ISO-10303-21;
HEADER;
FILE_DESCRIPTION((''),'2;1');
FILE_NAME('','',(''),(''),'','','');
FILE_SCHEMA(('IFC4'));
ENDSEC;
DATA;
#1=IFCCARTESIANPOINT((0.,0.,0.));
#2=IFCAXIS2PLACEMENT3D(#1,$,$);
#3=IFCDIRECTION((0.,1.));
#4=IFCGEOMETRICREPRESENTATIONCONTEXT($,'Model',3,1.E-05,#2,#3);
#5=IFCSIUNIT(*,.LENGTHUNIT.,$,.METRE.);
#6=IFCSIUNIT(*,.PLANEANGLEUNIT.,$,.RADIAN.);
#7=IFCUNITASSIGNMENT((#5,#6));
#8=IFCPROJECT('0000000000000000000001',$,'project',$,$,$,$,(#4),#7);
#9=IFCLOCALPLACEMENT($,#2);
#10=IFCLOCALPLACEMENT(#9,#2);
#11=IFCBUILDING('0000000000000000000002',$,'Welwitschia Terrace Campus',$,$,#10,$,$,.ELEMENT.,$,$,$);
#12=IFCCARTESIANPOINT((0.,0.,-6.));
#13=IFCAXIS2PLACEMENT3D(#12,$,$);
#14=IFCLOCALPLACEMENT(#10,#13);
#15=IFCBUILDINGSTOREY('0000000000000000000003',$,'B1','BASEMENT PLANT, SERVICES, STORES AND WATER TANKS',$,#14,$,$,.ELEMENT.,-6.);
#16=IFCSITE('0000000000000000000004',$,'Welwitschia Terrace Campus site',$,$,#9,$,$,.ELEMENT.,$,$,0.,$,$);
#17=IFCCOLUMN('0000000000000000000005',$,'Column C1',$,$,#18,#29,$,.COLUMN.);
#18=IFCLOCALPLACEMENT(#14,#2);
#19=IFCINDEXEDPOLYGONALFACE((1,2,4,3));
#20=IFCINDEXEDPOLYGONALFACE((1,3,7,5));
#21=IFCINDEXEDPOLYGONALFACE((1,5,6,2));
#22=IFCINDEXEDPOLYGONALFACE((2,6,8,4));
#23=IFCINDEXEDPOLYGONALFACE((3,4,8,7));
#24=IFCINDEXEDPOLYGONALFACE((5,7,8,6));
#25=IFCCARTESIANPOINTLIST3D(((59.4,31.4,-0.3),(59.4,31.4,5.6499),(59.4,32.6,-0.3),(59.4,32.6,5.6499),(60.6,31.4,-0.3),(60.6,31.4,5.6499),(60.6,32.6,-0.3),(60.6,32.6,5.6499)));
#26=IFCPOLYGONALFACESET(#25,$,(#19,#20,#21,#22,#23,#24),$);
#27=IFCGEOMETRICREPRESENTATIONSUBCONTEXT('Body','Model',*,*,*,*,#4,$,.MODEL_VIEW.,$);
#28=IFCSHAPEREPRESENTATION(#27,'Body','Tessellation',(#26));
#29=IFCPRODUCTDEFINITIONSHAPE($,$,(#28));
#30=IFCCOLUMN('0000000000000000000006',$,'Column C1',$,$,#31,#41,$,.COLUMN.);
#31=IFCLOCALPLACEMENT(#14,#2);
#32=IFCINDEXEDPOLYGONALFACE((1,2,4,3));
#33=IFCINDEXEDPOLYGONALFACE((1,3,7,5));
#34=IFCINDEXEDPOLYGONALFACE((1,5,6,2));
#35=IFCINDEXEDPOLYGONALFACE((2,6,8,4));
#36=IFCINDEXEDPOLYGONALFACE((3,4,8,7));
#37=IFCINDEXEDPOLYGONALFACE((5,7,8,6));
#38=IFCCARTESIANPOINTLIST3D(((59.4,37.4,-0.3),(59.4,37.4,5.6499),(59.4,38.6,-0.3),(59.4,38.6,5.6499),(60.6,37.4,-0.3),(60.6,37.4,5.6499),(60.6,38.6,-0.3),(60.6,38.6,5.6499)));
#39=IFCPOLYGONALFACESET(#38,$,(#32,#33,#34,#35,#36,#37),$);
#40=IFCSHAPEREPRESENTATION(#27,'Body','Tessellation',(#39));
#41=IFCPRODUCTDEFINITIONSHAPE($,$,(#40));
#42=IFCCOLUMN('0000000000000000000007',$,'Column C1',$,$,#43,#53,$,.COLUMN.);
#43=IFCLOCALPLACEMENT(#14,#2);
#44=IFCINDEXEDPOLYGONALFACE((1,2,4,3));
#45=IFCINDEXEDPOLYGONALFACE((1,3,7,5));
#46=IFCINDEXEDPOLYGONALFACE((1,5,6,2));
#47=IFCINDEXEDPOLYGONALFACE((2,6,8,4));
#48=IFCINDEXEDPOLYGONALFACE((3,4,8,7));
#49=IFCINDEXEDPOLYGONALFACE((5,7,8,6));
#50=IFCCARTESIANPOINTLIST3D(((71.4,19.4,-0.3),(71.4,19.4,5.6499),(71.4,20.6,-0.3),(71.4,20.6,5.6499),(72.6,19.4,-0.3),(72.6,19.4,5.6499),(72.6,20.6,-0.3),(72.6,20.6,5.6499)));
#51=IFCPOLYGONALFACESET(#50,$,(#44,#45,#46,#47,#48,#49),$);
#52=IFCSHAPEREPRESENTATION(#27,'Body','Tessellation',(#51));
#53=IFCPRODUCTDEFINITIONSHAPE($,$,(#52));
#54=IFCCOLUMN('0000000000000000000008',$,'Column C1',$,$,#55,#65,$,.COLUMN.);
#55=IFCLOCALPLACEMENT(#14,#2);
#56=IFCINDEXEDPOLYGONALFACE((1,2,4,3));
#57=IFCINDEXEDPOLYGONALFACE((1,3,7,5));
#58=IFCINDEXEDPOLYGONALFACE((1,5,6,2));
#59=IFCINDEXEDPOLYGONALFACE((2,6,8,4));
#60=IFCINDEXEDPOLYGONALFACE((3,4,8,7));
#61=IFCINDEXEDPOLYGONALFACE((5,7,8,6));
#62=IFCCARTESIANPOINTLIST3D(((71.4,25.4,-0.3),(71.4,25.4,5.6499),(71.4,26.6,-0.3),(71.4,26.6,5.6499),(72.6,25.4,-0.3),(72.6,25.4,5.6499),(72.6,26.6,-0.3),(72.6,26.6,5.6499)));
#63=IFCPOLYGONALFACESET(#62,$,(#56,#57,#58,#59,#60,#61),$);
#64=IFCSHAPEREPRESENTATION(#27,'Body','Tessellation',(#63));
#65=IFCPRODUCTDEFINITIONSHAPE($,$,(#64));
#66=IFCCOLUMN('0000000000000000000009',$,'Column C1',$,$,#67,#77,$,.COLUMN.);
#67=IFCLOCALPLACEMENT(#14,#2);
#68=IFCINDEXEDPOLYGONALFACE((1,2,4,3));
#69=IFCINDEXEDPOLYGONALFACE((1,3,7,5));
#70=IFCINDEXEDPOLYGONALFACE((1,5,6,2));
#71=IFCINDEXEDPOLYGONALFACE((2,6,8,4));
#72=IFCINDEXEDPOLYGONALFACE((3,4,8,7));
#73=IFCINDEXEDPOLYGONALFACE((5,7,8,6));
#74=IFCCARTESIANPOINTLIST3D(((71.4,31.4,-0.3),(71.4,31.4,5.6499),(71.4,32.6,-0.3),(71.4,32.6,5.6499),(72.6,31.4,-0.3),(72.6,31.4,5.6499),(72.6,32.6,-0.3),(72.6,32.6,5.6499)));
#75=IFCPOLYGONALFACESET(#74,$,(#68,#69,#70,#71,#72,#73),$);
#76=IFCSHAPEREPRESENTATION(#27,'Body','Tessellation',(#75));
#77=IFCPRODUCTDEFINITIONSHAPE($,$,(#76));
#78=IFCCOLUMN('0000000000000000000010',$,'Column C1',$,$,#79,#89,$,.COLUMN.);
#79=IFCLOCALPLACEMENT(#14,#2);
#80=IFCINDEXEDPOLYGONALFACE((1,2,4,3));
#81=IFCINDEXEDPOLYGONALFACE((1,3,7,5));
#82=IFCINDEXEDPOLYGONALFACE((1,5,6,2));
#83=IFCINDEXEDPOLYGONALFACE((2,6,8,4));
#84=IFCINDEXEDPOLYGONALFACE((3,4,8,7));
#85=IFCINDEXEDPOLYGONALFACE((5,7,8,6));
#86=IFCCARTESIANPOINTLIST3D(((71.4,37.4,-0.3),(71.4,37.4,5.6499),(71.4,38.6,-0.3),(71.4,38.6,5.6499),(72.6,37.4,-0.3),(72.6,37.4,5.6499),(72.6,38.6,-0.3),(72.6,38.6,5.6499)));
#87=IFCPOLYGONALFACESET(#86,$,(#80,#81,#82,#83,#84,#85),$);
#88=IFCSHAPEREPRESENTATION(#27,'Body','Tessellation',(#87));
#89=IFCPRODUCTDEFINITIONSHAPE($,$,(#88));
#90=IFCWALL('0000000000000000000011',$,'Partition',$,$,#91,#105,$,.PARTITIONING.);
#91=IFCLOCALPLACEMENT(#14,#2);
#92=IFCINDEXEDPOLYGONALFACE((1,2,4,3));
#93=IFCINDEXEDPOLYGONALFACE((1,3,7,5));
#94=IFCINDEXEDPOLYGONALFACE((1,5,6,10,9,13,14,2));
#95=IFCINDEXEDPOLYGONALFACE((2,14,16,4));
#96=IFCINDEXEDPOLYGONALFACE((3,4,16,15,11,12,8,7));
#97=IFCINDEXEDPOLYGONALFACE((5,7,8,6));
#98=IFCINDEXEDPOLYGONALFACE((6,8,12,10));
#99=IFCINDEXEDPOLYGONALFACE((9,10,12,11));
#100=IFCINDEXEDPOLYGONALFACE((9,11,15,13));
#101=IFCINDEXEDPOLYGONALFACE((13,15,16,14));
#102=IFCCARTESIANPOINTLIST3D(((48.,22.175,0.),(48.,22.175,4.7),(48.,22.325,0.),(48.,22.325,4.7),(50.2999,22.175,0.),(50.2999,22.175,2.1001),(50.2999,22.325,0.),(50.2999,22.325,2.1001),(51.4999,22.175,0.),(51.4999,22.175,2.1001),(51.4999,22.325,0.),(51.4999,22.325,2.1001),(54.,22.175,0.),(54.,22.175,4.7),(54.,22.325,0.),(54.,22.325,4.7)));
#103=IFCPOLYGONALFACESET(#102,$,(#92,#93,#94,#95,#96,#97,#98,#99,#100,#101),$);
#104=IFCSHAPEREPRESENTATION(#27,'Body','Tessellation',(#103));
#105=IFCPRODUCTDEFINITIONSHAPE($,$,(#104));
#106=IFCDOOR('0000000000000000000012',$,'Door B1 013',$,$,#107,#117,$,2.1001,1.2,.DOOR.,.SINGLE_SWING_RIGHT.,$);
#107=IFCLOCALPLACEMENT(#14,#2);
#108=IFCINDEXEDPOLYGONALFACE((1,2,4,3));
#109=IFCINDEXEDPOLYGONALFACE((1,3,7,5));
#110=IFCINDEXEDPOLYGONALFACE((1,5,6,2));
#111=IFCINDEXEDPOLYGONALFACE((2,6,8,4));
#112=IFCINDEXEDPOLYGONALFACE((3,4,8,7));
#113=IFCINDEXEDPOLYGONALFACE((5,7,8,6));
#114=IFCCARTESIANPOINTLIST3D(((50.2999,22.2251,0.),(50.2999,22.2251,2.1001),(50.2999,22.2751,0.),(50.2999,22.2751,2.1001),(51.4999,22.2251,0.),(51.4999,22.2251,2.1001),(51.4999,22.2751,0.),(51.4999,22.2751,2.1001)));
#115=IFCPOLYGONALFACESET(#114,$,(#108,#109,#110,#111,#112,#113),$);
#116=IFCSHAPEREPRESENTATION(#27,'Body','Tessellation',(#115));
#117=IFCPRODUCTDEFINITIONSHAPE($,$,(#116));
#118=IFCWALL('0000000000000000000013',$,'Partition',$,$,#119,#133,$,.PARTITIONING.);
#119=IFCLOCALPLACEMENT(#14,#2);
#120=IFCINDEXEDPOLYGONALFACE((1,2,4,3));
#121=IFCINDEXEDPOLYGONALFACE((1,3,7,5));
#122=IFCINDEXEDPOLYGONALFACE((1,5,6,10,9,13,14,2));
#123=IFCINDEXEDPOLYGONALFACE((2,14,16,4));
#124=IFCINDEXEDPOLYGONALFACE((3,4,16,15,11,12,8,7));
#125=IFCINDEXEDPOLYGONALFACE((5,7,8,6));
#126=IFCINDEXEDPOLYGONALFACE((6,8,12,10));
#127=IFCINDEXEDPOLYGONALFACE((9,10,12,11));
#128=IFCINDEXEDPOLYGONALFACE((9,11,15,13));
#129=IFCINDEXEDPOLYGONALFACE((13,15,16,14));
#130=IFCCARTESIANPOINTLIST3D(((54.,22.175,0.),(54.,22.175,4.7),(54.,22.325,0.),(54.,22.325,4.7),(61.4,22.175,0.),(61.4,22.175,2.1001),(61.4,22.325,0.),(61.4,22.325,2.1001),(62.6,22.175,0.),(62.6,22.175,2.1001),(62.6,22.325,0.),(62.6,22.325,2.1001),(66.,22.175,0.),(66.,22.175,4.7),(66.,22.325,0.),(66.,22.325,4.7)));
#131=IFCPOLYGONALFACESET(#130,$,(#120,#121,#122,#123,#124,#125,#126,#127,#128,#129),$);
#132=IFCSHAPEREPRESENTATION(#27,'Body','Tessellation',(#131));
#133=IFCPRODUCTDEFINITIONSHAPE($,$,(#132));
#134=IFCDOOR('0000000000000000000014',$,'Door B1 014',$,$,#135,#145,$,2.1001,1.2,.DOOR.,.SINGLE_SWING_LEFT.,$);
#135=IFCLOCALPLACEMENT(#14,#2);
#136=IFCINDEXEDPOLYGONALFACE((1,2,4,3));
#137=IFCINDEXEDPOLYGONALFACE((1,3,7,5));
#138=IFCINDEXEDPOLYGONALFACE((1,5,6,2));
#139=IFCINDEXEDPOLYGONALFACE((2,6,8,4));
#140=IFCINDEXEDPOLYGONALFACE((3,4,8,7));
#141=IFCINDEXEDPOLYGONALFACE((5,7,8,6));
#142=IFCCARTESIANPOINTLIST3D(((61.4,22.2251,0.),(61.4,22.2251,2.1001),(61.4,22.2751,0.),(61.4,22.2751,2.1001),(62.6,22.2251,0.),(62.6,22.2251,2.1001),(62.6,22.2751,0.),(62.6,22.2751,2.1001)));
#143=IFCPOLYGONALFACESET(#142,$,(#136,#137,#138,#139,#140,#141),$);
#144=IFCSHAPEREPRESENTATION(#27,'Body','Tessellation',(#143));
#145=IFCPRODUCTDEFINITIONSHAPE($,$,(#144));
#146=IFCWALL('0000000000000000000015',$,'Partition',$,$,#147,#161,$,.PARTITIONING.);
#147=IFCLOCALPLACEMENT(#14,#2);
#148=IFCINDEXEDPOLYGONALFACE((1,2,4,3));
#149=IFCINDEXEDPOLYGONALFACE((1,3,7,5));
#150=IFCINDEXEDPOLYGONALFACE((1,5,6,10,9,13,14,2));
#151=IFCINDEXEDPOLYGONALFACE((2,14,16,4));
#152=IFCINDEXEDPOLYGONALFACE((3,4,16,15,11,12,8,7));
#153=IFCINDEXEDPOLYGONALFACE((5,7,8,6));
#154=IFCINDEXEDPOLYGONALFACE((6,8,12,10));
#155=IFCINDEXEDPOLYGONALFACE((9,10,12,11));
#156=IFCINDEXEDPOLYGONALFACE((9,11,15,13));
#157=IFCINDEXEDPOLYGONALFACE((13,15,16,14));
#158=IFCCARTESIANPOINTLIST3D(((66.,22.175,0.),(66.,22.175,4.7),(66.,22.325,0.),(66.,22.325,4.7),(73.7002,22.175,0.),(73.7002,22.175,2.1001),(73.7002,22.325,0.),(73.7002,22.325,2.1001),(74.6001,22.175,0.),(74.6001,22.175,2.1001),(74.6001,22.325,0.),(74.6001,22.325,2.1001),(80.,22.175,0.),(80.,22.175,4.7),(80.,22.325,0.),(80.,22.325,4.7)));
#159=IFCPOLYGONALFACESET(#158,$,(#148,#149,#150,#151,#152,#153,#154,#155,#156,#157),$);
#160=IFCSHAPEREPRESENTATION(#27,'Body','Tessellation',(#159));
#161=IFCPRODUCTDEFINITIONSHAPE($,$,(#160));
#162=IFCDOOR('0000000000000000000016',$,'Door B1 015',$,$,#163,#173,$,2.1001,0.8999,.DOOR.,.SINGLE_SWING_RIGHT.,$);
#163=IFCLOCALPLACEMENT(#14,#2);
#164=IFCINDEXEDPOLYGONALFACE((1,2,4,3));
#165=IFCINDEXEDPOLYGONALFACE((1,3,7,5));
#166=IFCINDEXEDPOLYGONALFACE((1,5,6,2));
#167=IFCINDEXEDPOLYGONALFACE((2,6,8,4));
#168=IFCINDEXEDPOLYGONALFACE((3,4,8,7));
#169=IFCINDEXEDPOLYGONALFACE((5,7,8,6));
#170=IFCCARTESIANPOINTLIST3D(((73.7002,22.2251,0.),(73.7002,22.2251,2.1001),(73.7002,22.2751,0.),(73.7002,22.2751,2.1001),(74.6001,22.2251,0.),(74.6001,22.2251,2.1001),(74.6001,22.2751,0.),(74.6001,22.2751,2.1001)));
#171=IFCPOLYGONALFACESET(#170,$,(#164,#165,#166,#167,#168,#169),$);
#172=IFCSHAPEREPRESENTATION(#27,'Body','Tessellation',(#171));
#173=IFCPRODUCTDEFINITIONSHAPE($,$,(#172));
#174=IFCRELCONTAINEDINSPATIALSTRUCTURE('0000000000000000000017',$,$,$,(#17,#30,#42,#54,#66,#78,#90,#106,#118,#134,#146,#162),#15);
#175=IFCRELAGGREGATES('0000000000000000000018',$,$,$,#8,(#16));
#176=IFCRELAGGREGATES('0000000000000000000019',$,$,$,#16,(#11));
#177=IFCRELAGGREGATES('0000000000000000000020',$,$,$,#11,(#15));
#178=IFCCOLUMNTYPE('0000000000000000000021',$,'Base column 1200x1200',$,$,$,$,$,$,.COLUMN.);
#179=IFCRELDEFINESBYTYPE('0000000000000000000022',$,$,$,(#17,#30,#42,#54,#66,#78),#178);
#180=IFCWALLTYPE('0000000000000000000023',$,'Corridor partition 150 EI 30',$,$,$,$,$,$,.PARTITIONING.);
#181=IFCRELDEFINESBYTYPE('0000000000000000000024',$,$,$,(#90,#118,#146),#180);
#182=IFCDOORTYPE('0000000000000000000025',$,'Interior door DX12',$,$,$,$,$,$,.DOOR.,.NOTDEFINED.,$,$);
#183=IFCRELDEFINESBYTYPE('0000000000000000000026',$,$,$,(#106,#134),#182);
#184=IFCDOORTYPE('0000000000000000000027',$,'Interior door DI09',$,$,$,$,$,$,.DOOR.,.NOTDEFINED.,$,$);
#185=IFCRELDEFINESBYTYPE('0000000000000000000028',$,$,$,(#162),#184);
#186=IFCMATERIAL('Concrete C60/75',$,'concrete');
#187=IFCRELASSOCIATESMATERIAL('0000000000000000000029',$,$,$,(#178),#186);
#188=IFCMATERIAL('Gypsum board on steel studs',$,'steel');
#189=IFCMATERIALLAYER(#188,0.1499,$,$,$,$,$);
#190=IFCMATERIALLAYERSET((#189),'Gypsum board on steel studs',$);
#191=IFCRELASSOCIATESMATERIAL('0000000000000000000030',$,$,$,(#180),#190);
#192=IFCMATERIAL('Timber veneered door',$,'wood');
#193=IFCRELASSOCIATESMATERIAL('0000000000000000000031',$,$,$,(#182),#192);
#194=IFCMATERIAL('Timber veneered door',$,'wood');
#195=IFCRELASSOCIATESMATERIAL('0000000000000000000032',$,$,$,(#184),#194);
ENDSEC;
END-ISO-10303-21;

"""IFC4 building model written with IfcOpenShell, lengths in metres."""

from ifc_helpers import new_model, si_unit, direction, frame, frame_2d, origin, origin_2d, place, context, subcontext, project, spatial, rectangle, extrude, material, layer, layer_set, material_profile, profile_set, type_object, element, fill, save


model = new_model("IFC4")

# Units and contexts
model_context = context("Model", 3, precision=1e-05, world=origin(), true_north=direction((0.0, 1.0)))
body_context = subcontext(model_context, "Body", "Model", "MODEL_VIEW")
ifc_project = project(units=[si_unit("LENGTHUNIT", "METRE"), si_unit("PLANEANGLEUNIT", "RADIAN")], contexts=[model_context])

# Site, building, storey
site_placement = place(None, origin())
site = spatial("IfcSite", under=ifc_project, at=site_placement, Name="Welwitschia Terrace Campus site", CompositionType="ELEMENT", RefElevation=0.0)
building_placement = place(site_placement, origin())
building = spatial("IfcBuilding", under=site, at=building_placement, Name="Welwitschia Terrace Campus", CompositionType="ELEMENT")
storey_placement = place(building_placement, frame((0.0, 0.0, -6.0)))
storey = spatial("IfcBuildingStorey", under=building, at=storey_placement, Name="B1", Description="BASEMENT PLANT, SERVICES, STORES AND WATER TANKS", CompositionType="ELEMENT", Elevation=-6.0)

# Columns
ifc_material_1 = material(Name="Concrete C60/75", Category="concrete")
ifc_material_profile = material_profile(ifc_material_1, rectangle(XDim=1.2, YDim=1.2, at=origin_2d()))
ifc_profile_set = profile_set([ifc_material_profile], Name="Concrete C60/75")
column_type = type_object("IfcColumnType", Name="Base column 1200x1200", PredefinedType="COLUMN", material=ifc_profile_set)
for number, where, z_axis, x_axis, name in (
    (1, (60.0, 32.0, -0.3), (0.0, 0.0, 1.0), (1.0, 0.0, 0.0), "Column C1"),
    (2, (60.0, 38.0, -0.3), (0.0, 0.0, 1.0), (1.0, 0.0, 0.0), "Column C1"),
    (3, (72.0, 20.0, -0.3), (0.0, 0.0, 1.0), (1.0, 0.0, 0.0), "Column C1"),
    (4, (72.0, 26.0, -0.3), (0.0, 0.0, 1.0), (1.0, 0.0, 0.0), "Column C1"),
    (5, (72.0, 32.0, -0.3), (0.0, 0.0, 1.0), (1.0, 0.0, 0.0), "Column C1"),
    (6, (72.0, 38.0, -0.3), (0.0, 0.0, 1.0), (1.0, 0.0, 0.0), "Column C1"),
):
    element("IfcColumn", number, at=place(storey_placement, frame(where, z_axis=z_axis, x_axis=x_axis)), inside=storey, type_object=column_type, Name=name, PredefinedType="COLUMN", context=body_context, shape_type="SweptSolid", body=[
        extrude(rectangle(XDim=1.2, YDim=1.2, at=origin_2d()), origin(), (0.0, 0.0, 1.0), 5.95),
    ])

# Walls, openings, doors
ifc_material_2 = material(Name="Gypsum board on steel studs", Category="steel")
ifc_layer = layer(ifc_material_2, 0.1499)
ifc_layer_set = layer_set([ifc_layer], Name="Gypsum board on steel studs")
wall_type = type_object("IfcWallType", Name="Corridor partition 150 EI 30", PredefinedType="PARTITIONING", material=ifc_layer_set)
wall_1_placement = place(storey_placement, frame((54.0, 22.25, 0.0), z_axis=(0.0, 0.0, 1.0), x_axis=(-1.0, 0.0, 0.0)))
wall_1 = element("IfcWall", 7, at=wall_1_placement, inside=storey, type_object=wall_type, Name="Partition", PredefinedType="PARTITIONING", context=body_context, shape_type="SweptSolid", body=[
    extrude(rectangle(XDim=6.0, YDim=0.1499, at=frame_2d((3.0, 0.0))), origin(), (0.0, 0.0, 1.0), 4.7),
])
opening_1_placement = place(wall_1_placement, frame((2.5, 0.0, 0.0)))
opening_1 = element("IfcOpeningElement", 8, at=opening_1_placement, cuts=wall_1, PredefinedType="OPENING", context=body_context, shape_type="SweptSolid", body=[
    extrude(rectangle(XDim=1.2, YDim=2.1001, at=frame_2d((0.6001, 1.05))), frame((0.0, 0.085, 0.0), z_axis=(0.0, -1.0, 0.0), x_axis=(1.0, 0.0, 0.0)), (0.0, 0.0, 1.0), 0.1699),
])
ifc_material_3 = material(Name="Timber veneered door", Category="wood")
door_type_1 = type_object("IfcDoorType", Name="Interior door DX12", OperationType="NOTDEFINED", PredefinedType="DOOR", material=ifc_material_3)
door_1_placement = place(opening_1_placement, origin())
door_1 = element("IfcDoor", 9, at=door_1_placement, inside=storey, type_object=door_type_1, Name="Door B1 013", OperationType="SINGLE_SWING_RIGHT", OverallHeight=2.1001, OverallWidth=1.2, PredefinedType="DOOR", context=body_context, shape_type="SweptSolid", body=[
    extrude(rectangle(XDim=1.2, YDim=2.1001, at=frame_2d((0.6001, 1.05))), frame((0.0, 0.0249, 0.0), z_axis=(0.0, -1.0, 0.0), x_axis=(1.0, 0.0, 0.0)), (0.0, 0.0, 1.0), 0.05),
])
fill(opening_1, door_1)
wall_2_placement = place(storey_placement, frame((66.0, 22.25, 0.0), z_axis=(0.0, 0.0, 1.0), x_axis=(-1.0, 0.0, 0.0)))
wall_2 = element("IfcWall", 10, at=wall_2_placement, inside=storey, type_object=wall_type, Name="Partition", PredefinedType="PARTITIONING", context=body_context, shape_type="SweptSolid", body=[
    extrude(rectangle(XDim=12.0, YDim=0.1499, at=frame_2d((6.0, 0.0))), origin(), (0.0, 0.0, 1.0), 4.7),
])
opening_2_placement = place(wall_2_placement, frame((3.3999, 0.0, 0.0)))
opening_2 = element("IfcOpeningElement", 11, at=opening_2_placement, cuts=wall_2, PredefinedType="OPENING", context=body_context, shape_type="SweptSolid", body=[
    extrude(rectangle(XDim=1.2, YDim=2.1001, at=frame_2d((0.6001, 1.05))), frame((0.0, 0.085, 0.0), z_axis=(0.0, -1.0, 0.0), x_axis=(1.0, 0.0, 0.0)), (0.0, 0.0, 1.0), 0.1699),
])
door_2_placement = place(opening_2_placement, origin())
door_2 = element("IfcDoor", 12, at=door_2_placement, inside=storey, type_object=door_type_1, Name="Door B1 014", OperationType="SINGLE_SWING_LEFT", OverallHeight=2.1001, OverallWidth=1.2, PredefinedType="DOOR", context=body_context, shape_type="SweptSolid", body=[
    extrude(rectangle(XDim=1.2, YDim=2.1001, at=frame_2d((0.6001, 1.05))), frame((0.0, 0.0249, 0.0), z_axis=(0.0, -1.0, 0.0), x_axis=(1.0, 0.0, 0.0)), (0.0, 0.0, 1.0), 0.05),
])
fill(opening_2, door_2)
wall_3_placement = place(storey_placement, frame((80.0, 22.25, 0.0), z_axis=(0.0, 0.0, 1.0), x_axis=(-1.0, 0.0, 0.0)))
wall_3 = element("IfcWall", 13, at=wall_3_placement, inside=storey, type_object=wall_type, Name="Partition", PredefinedType="PARTITIONING", context=body_context, shape_type="SweptSolid", body=[
    extrude(rectangle(XDim=14.0, YDim=0.1499, at=frame_2d((7.0, 0.0))), origin(), (0.0, 0.0, 1.0), 4.7),
])
opening_3_placement = place(wall_3_placement, frame((5.3999, 0.0, 0.0)))
opening_3 = element("IfcOpeningElement", 14, at=opening_3_placement, cuts=wall_3, PredefinedType="OPENING", context=body_context, shape_type="SweptSolid", body=[
    extrude(rectangle(XDim=0.8999, YDim=2.1001, at=frame_2d((0.45, 1.05))), frame((0.0, 0.085, 0.0), z_axis=(0.0, -1.0, 0.0), x_axis=(1.0, 0.0, 0.0)), (0.0, 0.0, 1.0), 0.1699),
])
ifc_material_4 = material(Name="Timber veneered door", Category="wood")
door_type_2 = type_object("IfcDoorType", Name="Interior door DI09", OperationType="NOTDEFINED", PredefinedType="DOOR", material=ifc_material_4)
door_3_placement = place(opening_3_placement, origin())
door_3 = element("IfcDoor", 15, at=door_3_placement, inside=storey, type_object=door_type_2, Name="Door B1 015", OperationType="SINGLE_SWING_RIGHT", OverallHeight=2.1001, OverallWidth=0.8999, PredefinedType="DOOR", context=body_context, shape_type="SweptSolid", body=[
    extrude(rectangle(XDim=0.8999, YDim=2.1001, at=frame_2d((0.45, 1.05))), frame((0.0, 0.0249, 0.0), z_axis=(0.0, -1.0, 0.0), x_axis=(1.0, 0.0, 0.0)), (0.0, 0.0, 1.0), 0.05),
])
fill(opening_3, door_3)

save(model, "model.ifc")
